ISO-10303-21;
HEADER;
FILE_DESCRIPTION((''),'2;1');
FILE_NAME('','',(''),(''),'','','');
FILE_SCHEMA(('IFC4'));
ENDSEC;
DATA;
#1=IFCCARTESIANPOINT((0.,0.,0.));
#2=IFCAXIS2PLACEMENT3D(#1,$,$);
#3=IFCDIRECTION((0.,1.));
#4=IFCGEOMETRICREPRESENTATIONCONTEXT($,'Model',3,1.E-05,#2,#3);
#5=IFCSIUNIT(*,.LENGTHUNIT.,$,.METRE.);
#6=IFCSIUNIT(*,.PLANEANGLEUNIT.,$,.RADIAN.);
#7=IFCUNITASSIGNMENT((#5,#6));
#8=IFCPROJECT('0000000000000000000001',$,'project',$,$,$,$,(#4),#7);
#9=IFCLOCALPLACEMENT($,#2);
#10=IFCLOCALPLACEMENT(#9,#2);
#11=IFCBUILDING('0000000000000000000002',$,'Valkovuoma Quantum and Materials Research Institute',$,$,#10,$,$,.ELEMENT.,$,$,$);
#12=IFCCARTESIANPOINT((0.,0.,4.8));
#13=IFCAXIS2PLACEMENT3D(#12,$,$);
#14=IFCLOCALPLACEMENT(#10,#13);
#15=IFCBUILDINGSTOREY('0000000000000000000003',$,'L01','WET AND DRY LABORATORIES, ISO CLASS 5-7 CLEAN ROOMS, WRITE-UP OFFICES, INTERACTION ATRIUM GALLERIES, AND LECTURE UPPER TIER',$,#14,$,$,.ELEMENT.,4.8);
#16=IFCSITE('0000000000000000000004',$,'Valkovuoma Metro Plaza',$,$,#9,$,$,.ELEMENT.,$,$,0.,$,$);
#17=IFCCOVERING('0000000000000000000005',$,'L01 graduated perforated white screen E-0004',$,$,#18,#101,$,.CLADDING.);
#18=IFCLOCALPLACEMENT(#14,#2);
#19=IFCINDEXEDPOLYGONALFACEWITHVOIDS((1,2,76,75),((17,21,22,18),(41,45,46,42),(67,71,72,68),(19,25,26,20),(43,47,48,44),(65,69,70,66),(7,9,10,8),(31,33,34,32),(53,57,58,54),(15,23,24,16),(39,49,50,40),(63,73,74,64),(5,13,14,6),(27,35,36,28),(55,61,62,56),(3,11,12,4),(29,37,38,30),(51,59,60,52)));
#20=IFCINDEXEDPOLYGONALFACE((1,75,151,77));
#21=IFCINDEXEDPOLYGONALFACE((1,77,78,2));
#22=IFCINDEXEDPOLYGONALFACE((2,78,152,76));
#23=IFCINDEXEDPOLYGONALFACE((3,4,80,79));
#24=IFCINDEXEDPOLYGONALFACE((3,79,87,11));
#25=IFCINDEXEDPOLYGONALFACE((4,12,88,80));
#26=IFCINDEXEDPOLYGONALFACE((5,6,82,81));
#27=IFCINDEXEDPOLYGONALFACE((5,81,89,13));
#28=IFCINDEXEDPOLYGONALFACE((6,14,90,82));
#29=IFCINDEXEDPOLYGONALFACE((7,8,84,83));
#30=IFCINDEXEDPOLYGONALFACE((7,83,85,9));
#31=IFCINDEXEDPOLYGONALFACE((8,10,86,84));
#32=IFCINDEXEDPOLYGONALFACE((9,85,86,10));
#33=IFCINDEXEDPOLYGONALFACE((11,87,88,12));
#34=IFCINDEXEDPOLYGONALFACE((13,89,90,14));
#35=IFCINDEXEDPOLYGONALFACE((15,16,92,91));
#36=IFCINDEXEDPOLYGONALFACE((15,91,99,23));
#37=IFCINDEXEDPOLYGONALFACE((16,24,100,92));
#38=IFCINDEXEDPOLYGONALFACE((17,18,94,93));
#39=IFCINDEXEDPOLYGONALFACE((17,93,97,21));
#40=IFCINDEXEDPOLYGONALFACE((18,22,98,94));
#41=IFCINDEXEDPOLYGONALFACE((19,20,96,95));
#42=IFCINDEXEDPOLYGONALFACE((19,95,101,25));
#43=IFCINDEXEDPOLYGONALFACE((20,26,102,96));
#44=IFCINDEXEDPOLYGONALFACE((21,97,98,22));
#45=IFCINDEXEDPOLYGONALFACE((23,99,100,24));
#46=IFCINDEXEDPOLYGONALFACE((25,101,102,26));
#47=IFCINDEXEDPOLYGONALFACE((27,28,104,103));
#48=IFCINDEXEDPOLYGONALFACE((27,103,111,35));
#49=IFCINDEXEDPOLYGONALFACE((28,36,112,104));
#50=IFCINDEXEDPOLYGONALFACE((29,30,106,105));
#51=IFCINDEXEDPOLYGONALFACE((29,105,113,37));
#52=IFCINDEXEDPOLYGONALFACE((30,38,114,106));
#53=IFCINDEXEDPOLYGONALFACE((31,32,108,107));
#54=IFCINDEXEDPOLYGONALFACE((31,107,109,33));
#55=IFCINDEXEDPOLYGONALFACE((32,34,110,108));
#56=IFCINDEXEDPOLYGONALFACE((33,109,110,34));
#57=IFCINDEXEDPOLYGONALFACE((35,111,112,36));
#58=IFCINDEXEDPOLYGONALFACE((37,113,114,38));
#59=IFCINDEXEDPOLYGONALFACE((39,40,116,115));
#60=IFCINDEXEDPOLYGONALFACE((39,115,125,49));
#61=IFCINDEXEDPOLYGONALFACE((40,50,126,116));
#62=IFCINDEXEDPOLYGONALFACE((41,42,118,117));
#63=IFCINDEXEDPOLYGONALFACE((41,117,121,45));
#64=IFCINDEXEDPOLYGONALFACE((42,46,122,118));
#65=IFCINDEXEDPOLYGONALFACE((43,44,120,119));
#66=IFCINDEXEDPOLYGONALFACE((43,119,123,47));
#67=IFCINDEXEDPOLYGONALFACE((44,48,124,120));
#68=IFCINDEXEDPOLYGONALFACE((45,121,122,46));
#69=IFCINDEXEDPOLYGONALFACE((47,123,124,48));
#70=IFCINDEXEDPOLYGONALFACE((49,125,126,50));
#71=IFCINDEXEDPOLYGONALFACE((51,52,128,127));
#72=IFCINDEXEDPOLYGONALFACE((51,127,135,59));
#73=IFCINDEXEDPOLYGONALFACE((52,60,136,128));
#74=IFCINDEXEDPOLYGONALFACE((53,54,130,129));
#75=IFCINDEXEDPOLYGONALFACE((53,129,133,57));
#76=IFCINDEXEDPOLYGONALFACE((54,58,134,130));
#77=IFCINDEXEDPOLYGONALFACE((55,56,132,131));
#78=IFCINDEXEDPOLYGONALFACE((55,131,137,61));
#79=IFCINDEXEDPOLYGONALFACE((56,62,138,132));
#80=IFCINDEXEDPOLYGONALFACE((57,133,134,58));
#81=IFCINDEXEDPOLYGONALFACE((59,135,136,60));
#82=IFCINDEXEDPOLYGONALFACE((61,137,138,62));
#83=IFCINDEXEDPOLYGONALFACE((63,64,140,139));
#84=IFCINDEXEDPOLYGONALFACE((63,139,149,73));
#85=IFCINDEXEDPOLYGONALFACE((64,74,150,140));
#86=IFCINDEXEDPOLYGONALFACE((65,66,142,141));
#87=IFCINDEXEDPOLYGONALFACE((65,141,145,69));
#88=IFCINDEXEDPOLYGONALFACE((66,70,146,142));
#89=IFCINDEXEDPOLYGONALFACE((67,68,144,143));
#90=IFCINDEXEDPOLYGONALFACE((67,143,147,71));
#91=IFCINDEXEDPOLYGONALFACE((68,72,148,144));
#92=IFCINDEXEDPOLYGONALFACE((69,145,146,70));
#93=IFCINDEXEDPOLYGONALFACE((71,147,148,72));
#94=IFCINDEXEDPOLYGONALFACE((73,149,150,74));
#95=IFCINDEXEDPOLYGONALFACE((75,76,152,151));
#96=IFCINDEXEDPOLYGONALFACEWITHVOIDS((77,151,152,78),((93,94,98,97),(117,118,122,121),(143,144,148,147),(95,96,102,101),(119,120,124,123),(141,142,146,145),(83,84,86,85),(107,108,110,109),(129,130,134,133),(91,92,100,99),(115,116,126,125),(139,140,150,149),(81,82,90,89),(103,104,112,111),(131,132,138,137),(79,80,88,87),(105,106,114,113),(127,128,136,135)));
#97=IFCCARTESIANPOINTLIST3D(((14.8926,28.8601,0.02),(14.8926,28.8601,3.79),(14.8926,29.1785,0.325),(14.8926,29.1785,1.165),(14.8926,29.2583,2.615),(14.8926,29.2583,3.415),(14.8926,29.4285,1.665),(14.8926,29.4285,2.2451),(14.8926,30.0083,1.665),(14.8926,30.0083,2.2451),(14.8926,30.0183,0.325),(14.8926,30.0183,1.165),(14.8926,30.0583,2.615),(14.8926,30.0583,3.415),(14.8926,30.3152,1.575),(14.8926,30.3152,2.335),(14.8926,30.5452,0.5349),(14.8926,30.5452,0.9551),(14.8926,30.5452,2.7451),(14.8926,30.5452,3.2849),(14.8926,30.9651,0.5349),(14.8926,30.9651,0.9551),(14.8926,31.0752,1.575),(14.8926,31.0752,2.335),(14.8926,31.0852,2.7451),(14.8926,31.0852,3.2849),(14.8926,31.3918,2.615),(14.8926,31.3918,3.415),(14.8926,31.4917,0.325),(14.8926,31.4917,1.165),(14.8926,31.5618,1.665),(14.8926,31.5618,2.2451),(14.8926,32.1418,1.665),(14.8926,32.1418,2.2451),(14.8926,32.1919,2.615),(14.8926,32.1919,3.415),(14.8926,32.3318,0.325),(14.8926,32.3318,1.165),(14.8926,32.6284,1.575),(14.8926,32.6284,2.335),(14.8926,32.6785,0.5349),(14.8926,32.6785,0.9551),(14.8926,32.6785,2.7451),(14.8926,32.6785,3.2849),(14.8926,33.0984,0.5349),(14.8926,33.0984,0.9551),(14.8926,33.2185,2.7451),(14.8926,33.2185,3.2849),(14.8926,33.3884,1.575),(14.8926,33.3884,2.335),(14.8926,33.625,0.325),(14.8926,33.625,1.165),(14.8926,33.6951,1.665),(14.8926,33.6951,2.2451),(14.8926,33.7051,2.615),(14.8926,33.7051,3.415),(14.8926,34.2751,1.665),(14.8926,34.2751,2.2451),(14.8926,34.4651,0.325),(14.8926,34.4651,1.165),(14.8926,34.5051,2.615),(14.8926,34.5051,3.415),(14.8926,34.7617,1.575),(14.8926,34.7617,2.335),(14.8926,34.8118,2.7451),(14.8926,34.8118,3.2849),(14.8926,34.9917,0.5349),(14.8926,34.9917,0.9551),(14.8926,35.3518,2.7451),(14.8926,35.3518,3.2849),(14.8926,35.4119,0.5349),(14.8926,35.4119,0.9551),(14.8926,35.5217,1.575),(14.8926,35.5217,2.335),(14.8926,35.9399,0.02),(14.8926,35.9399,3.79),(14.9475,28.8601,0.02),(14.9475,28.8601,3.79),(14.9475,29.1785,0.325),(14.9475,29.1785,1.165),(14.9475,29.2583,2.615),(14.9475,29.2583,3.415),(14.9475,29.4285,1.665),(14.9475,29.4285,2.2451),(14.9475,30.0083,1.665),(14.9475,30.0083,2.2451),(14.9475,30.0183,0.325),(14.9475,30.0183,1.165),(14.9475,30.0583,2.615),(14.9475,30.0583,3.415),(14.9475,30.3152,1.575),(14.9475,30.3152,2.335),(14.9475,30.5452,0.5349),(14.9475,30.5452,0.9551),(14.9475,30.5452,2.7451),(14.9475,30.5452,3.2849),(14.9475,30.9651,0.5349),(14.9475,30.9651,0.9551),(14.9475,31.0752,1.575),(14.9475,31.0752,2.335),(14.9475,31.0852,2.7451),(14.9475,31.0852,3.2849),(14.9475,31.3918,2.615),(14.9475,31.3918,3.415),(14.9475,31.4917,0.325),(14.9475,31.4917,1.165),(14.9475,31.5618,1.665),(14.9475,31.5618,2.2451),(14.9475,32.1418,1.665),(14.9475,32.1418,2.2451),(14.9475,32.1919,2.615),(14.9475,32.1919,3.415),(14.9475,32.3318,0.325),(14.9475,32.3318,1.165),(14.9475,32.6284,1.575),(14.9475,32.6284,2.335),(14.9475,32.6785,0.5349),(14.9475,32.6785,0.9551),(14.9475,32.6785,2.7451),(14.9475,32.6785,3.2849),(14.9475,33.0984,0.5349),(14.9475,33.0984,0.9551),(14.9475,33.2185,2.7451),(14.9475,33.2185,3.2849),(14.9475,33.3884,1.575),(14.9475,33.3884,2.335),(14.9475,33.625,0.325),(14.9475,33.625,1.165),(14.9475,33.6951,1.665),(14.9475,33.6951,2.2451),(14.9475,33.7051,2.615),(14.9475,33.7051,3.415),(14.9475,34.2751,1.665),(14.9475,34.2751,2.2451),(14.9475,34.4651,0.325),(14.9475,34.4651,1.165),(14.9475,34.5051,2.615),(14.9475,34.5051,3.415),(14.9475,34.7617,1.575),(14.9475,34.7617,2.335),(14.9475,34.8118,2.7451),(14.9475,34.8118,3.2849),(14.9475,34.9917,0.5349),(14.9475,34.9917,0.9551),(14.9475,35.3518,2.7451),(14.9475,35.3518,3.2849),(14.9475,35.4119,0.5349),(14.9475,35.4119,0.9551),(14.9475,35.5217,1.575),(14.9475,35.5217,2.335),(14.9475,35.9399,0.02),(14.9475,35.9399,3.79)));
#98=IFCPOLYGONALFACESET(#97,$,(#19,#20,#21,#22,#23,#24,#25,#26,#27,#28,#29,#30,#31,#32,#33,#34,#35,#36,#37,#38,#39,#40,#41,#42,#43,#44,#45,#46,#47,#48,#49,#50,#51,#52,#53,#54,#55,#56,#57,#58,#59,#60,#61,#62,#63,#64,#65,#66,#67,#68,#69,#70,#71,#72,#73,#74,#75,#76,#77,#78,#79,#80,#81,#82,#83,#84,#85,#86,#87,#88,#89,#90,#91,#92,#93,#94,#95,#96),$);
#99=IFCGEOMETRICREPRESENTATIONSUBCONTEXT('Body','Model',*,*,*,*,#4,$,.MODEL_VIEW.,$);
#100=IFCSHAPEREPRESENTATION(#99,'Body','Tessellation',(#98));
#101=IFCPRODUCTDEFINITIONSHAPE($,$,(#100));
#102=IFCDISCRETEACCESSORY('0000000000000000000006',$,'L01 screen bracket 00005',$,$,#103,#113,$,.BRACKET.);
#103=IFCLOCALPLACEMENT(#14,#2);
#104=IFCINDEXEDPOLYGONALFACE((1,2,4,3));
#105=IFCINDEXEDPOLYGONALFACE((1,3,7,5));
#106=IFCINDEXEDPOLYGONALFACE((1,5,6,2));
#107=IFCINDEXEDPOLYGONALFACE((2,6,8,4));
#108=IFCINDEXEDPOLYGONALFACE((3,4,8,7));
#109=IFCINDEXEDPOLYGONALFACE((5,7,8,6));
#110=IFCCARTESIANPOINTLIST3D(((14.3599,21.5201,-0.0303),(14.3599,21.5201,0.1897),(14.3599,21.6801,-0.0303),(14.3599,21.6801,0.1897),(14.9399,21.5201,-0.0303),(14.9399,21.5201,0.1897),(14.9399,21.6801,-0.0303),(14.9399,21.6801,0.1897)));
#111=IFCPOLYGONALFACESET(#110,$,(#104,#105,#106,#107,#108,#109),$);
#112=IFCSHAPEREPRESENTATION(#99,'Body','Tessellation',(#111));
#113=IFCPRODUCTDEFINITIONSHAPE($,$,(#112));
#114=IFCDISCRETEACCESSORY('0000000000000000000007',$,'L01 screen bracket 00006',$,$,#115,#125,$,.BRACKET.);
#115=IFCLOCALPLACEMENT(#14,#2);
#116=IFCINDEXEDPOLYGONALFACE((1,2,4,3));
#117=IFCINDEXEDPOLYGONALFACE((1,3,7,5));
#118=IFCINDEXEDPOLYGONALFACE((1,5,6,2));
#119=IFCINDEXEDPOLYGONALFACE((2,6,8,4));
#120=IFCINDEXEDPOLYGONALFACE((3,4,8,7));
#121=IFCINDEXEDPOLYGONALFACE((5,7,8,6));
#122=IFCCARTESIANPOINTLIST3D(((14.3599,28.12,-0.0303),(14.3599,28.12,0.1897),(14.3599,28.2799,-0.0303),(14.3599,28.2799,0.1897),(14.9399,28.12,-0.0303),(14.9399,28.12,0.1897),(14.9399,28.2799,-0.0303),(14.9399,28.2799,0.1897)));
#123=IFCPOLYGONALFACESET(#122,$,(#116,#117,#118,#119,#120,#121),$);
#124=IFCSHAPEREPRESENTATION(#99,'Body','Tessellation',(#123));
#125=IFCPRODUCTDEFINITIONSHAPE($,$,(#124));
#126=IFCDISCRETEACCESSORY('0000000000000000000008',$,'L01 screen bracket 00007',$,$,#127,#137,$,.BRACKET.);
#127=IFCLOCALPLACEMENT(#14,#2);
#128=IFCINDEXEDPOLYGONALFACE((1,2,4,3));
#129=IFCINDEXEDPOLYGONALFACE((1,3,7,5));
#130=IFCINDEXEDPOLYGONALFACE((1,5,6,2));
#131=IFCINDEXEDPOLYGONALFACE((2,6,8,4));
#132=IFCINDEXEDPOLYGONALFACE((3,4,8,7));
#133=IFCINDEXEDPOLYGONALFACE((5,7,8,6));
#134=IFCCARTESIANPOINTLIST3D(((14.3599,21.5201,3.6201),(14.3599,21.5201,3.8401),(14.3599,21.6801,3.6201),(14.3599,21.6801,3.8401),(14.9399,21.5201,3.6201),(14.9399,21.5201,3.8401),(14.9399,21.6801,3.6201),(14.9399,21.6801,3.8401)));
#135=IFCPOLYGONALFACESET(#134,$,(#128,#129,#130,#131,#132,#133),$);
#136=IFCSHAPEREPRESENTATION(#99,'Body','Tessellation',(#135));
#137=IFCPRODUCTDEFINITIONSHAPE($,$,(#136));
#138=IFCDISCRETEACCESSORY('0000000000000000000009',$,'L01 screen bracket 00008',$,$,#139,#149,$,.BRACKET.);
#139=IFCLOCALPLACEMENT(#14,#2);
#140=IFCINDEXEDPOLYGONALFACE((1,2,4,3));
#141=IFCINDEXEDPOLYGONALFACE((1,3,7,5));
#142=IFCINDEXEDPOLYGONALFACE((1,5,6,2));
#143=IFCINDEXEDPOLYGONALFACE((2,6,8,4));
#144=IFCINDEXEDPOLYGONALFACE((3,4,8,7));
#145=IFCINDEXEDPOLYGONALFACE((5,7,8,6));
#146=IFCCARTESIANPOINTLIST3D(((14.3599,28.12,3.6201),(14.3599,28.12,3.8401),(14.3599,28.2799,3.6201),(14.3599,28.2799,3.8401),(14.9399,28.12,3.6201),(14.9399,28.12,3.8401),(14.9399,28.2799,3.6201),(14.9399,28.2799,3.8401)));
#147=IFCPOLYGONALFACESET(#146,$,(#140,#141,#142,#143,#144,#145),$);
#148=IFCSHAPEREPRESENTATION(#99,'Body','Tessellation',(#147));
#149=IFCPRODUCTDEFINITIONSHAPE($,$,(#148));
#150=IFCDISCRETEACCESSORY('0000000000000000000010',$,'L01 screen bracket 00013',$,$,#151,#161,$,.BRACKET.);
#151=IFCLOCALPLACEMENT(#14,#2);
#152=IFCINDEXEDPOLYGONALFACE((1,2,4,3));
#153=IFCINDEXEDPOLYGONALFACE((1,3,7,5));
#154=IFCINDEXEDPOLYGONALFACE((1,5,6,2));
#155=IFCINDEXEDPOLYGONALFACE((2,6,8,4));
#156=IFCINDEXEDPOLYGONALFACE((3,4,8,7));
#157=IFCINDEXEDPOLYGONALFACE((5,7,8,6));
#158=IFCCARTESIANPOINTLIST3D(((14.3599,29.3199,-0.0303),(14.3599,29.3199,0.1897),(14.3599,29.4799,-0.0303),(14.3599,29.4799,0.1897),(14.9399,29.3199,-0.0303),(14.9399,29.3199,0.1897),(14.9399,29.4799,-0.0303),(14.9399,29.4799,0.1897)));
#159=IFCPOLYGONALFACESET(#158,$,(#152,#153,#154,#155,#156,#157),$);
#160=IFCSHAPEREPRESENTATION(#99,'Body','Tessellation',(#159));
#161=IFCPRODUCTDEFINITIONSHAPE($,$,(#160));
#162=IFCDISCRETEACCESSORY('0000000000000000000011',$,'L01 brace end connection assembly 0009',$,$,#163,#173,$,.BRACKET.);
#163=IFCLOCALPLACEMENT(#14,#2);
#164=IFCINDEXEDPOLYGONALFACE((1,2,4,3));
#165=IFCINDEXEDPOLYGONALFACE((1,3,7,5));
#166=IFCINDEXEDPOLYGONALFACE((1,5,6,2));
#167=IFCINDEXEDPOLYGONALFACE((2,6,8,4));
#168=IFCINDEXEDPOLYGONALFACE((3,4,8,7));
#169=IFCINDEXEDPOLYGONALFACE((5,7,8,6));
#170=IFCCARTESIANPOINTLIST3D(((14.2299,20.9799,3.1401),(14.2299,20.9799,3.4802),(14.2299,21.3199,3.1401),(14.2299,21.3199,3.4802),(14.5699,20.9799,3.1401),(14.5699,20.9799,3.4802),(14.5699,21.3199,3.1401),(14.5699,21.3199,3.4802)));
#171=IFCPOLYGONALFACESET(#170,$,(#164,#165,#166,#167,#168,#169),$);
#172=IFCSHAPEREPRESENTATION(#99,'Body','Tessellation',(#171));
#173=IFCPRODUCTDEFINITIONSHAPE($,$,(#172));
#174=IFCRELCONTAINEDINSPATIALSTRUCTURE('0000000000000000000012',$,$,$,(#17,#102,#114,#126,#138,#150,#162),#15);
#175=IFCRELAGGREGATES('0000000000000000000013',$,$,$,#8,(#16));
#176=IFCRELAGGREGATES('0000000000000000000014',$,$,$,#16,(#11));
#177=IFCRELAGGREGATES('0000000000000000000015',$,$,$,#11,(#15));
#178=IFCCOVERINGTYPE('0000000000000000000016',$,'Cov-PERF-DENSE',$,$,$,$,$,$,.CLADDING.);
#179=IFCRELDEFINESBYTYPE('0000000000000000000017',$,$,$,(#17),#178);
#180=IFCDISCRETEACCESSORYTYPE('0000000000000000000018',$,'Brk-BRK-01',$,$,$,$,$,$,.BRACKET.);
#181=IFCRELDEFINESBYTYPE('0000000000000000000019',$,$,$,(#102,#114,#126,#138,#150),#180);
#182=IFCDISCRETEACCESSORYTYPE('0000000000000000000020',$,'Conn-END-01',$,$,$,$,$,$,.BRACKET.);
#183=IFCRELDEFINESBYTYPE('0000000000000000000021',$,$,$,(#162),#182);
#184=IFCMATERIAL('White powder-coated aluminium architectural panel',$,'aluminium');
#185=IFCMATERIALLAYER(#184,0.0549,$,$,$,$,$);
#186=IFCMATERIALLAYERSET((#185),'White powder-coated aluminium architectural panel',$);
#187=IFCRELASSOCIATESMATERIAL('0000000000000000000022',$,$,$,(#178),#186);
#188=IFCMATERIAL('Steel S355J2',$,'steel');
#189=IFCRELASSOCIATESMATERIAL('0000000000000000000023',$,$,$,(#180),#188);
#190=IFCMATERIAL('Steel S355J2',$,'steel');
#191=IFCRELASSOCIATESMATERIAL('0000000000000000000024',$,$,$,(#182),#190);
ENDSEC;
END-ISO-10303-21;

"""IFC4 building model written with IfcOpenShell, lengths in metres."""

from ifc_helpers import new_model, si_unit, direction, frame, origin, origin_2d, place, context, subcontext, project, spatial, polyline, rectangle, outline, extrude, material, layer, layer_set, type_object, element, save


model = new_model("IFC4")

# Units and contexts
model_context = context("Model", 3, precision=1e-05, world=origin(), true_north=direction((0.0, 1.0)))
body_context = subcontext(model_context, "Body", "Model", "MODEL_VIEW")
ifc_project = project(units=[si_unit("LENGTHUNIT", "METRE"), si_unit("PLANEANGLEUNIT", "RADIAN")], contexts=[model_context])

# Site, building, storey
site_placement = place(None, origin())
site = spatial("IfcSite", under=ifc_project, at=site_placement, Name="Valkovuoma Metro Plaza", CompositionType="ELEMENT", RefElevation=0.0)
building_placement = place(site_placement, origin())
building = spatial("IfcBuilding", under=site, at=building_placement, Name="Valkovuoma Quantum and Materials Research Institute", CompositionType="ELEMENT")
storey_placement = place(building_placement, frame((0.0, 0.0, 4.8)))
storey = spatial("IfcBuildingStorey", under=building, at=storey_placement, Name="L01", Description="WET AND DRY LABORATORIES, ISO CLASS 5-7 CLEAN ROOMS, WRITE-UP OFFICES, INTERACTION ATRIUM GALLERIES, AND LECTURE UPPER TIER", CompositionType="ELEMENT", Elevation=4.8)

# Covering
ifc_material_1 = material(Name="White powder-coated aluminium architectural panel", Category="aluminium")
ifc_layer_1 = layer(ifc_material_1, 0.0549)
ifc_layer_set_1 = layer_set([ifc_layer_1], Name="White powder-coated aluminium architectural panel")
covering_type = type_object("IfcCoveringType", Name="Cov-PERF-DENSE", PredefinedType="CLADDING", material=ifc_layer_set_1)
covering_1_placement = place(storey_placement, frame((14.9199, 28.8601, 0.02), z_axis=(0.0, 0.0, 1.0), x_axis=(0.0, 1.0, 0.0)))
element("IfcCovering", 1, at=covering_1_placement, inside=storey, type_object=covering_type, Name="L01 graduated perforated white screen E-0004", PredefinedType="CLADDING", context=body_context, shape_type="SweptSolid", body=[
    extrude(outline(polyline([(0.0, 0.0), (7.0798, 0.0), (7.0798, 3.77), (0.0, 3.77), (0.0, 0.0)]), holes=[polyline([(0.3184, 0.3049), (0.3184, 1.145), (1.1582, 1.145), (1.1582, 0.3049), (0.3184, 0.3049)]), polyline([(0.5684, 1.645), (0.5684, 2.2251), (1.1482, 2.2251), (1.1482, 1.645), (0.5684, 1.645)]), polyline([(0.3982, 2.595), (0.3982, 3.395), (1.1982, 3.395), (1.1982, 2.595), (0.3982, 2.595)]), polyline([(1.6851, 0.5149), (1.6851, 0.9351), (2.105, 0.9351), (2.105, 0.5149), (1.6851, 0.5149)]), polyline([(1.4551, 1.5549), (1.4551, 2.3149), (2.2151, 2.3149), (2.2151, 1.5549), (1.4551, 1.5549)]), polyline([(1.6851, 2.7251), (1.6851, 3.2649), (2.2251, 3.2649), (2.2251, 2.7251), (1.6851, 2.7251)]), polyline([(2.6316, 0.3049), (2.6316, 1.145), (3.4717, 1.145), (3.4717, 0.3049), (2.6316, 0.3049)]), polyline([(2.7017, 1.645), (2.7017, 2.2251), (3.2817, 2.2251), (3.2817, 1.645), (2.7017, 1.645)]), polyline([(2.5317, 2.595), (2.5317, 3.395), (3.3318, 3.395), (3.3318, 2.595), (2.5317, 2.595)]), polyline([(3.8184, 0.5149), (3.8184, 0.9351), (4.2383, 0.9351), (4.2383, 0.5149), (3.8184, 0.5149)]), polyline([(3.7683, 1.5549), (3.7683, 2.3149), (4.5283, 2.3149), (4.5283, 1.5549), (3.7683, 1.5549)]), polyline([(3.8184, 2.7251), (3.8184, 3.2649), (4.3584, 3.2649), (4.3584, 2.7251), (3.8184, 2.7251)]), polyline([(4.7649, 0.3049), (4.7649, 1.145), (5.605, 1.145), (5.605, 0.3049), (4.7649, 0.3049)]), polyline([(4.835, 1.645), (4.835, 2.2251), (5.415, 2.2251), (5.415, 1.645), (4.835, 1.645)]), polyline([(4.845, 2.595), (4.845, 3.395), (5.645, 3.395), (5.645, 2.595), (4.845, 2.595)]), polyline([(6.1316, 0.5149), (6.1316, 0.9351), (6.5518, 0.9351), (6.5518, 0.5149), (6.1316, 0.5149)]), polyline([(5.9016, 1.5549), (5.9016, 2.3149), (6.6616, 2.3149), (6.6616, 1.5549), (5.9016, 1.5549)]), polyline([(5.9517, 2.7251), (5.9517, 3.2649), (6.4917, 3.2649), (6.4917, 2.7251), (5.9517, 2.7251)])]), frame((0.0, 0.0273, 0.0), z_axis=(0.0, -1.0, 0.0), x_axis=(1.0, 0.0, 0.0)), (0.0, 0.0, 1.0), 0.0549),
])

# Discrete accessories
ifc_material_2 = material(Name="Steel S355J2", Category="steel")
discrete_accessory_type_1 = type_object("IfcDiscreteAccessoryType", Name="Brk-BRK-01", PredefinedType="BRACKET", material=ifc_material_2)
for number, where, z_axis, x_axis, name in (
    (2, (14.6499, 21.6001, -0.0303), (0.0, 0.0, 1.0), (1.0, 0.0, 0.0), "L01 screen bracket 00005"),
    (3, (14.6499, 28.2, -0.0303), (0.0, 0.0, 1.0), (1.0, 0.0, 0.0), "L01 screen bracket 00006"),
    (4, (14.6499, 21.6001, 3.6201), (0.0, 0.0, 1.0), (1.0, 0.0, 0.0), "L01 screen bracket 00007"),
    (5, (14.6499, 28.2, 3.6201), (0.0, 0.0, 1.0), (1.0, 0.0, 0.0), "L01 screen bracket 00008"),
    (6, (14.6499, 29.3999, -0.0303), (0.0, 0.0, 1.0), (1.0, 0.0, 0.0), "L01 screen bracket 00013"),
):
    element("IfcDiscreteAccessory", number, at=place(storey_placement, frame(where, z_axis=z_axis, x_axis=x_axis)), inside=storey, type_object=discrete_accessory_type_1, Name=name, PredefinedType="BRACKET", context=body_context, shape_type="SweptSolid", body=[
        extrude(rectangle(XDim=0.5801, YDim=0.1599, at=origin_2d()), origin(), (0.0, 0.0, 1.0), 0.22),
    ])
ifc_material_3 = material(Name="Steel S355J2", Category="steel")
discrete_accessory_type_2 = type_object("IfcDiscreteAccessoryType", Name="Conn-END-01", PredefinedType="BRACKET", material=ifc_material_3)
discrete_accessory_placement = place(storey_placement, frame((14.3999, 21.1499, 3.1401), z_axis=(0.0, 0.0, 1.0), x_axis=(1.0, 0.0, 0.0)))
element("IfcDiscreteAccessory", 7, at=discrete_accessory_placement, inside=storey, type_object=discrete_accessory_type_2, Name="L01 brace end connection assembly 0009", PredefinedType="BRACKET", context=body_context, shape_type="SweptSolid", body=[
    extrude(rectangle(XDim=0.3401, YDim=0.3401, at=origin_2d()), origin(), (0.0, 0.0, 1.0), 0.3401),
])

save(model, "model.ifc")
